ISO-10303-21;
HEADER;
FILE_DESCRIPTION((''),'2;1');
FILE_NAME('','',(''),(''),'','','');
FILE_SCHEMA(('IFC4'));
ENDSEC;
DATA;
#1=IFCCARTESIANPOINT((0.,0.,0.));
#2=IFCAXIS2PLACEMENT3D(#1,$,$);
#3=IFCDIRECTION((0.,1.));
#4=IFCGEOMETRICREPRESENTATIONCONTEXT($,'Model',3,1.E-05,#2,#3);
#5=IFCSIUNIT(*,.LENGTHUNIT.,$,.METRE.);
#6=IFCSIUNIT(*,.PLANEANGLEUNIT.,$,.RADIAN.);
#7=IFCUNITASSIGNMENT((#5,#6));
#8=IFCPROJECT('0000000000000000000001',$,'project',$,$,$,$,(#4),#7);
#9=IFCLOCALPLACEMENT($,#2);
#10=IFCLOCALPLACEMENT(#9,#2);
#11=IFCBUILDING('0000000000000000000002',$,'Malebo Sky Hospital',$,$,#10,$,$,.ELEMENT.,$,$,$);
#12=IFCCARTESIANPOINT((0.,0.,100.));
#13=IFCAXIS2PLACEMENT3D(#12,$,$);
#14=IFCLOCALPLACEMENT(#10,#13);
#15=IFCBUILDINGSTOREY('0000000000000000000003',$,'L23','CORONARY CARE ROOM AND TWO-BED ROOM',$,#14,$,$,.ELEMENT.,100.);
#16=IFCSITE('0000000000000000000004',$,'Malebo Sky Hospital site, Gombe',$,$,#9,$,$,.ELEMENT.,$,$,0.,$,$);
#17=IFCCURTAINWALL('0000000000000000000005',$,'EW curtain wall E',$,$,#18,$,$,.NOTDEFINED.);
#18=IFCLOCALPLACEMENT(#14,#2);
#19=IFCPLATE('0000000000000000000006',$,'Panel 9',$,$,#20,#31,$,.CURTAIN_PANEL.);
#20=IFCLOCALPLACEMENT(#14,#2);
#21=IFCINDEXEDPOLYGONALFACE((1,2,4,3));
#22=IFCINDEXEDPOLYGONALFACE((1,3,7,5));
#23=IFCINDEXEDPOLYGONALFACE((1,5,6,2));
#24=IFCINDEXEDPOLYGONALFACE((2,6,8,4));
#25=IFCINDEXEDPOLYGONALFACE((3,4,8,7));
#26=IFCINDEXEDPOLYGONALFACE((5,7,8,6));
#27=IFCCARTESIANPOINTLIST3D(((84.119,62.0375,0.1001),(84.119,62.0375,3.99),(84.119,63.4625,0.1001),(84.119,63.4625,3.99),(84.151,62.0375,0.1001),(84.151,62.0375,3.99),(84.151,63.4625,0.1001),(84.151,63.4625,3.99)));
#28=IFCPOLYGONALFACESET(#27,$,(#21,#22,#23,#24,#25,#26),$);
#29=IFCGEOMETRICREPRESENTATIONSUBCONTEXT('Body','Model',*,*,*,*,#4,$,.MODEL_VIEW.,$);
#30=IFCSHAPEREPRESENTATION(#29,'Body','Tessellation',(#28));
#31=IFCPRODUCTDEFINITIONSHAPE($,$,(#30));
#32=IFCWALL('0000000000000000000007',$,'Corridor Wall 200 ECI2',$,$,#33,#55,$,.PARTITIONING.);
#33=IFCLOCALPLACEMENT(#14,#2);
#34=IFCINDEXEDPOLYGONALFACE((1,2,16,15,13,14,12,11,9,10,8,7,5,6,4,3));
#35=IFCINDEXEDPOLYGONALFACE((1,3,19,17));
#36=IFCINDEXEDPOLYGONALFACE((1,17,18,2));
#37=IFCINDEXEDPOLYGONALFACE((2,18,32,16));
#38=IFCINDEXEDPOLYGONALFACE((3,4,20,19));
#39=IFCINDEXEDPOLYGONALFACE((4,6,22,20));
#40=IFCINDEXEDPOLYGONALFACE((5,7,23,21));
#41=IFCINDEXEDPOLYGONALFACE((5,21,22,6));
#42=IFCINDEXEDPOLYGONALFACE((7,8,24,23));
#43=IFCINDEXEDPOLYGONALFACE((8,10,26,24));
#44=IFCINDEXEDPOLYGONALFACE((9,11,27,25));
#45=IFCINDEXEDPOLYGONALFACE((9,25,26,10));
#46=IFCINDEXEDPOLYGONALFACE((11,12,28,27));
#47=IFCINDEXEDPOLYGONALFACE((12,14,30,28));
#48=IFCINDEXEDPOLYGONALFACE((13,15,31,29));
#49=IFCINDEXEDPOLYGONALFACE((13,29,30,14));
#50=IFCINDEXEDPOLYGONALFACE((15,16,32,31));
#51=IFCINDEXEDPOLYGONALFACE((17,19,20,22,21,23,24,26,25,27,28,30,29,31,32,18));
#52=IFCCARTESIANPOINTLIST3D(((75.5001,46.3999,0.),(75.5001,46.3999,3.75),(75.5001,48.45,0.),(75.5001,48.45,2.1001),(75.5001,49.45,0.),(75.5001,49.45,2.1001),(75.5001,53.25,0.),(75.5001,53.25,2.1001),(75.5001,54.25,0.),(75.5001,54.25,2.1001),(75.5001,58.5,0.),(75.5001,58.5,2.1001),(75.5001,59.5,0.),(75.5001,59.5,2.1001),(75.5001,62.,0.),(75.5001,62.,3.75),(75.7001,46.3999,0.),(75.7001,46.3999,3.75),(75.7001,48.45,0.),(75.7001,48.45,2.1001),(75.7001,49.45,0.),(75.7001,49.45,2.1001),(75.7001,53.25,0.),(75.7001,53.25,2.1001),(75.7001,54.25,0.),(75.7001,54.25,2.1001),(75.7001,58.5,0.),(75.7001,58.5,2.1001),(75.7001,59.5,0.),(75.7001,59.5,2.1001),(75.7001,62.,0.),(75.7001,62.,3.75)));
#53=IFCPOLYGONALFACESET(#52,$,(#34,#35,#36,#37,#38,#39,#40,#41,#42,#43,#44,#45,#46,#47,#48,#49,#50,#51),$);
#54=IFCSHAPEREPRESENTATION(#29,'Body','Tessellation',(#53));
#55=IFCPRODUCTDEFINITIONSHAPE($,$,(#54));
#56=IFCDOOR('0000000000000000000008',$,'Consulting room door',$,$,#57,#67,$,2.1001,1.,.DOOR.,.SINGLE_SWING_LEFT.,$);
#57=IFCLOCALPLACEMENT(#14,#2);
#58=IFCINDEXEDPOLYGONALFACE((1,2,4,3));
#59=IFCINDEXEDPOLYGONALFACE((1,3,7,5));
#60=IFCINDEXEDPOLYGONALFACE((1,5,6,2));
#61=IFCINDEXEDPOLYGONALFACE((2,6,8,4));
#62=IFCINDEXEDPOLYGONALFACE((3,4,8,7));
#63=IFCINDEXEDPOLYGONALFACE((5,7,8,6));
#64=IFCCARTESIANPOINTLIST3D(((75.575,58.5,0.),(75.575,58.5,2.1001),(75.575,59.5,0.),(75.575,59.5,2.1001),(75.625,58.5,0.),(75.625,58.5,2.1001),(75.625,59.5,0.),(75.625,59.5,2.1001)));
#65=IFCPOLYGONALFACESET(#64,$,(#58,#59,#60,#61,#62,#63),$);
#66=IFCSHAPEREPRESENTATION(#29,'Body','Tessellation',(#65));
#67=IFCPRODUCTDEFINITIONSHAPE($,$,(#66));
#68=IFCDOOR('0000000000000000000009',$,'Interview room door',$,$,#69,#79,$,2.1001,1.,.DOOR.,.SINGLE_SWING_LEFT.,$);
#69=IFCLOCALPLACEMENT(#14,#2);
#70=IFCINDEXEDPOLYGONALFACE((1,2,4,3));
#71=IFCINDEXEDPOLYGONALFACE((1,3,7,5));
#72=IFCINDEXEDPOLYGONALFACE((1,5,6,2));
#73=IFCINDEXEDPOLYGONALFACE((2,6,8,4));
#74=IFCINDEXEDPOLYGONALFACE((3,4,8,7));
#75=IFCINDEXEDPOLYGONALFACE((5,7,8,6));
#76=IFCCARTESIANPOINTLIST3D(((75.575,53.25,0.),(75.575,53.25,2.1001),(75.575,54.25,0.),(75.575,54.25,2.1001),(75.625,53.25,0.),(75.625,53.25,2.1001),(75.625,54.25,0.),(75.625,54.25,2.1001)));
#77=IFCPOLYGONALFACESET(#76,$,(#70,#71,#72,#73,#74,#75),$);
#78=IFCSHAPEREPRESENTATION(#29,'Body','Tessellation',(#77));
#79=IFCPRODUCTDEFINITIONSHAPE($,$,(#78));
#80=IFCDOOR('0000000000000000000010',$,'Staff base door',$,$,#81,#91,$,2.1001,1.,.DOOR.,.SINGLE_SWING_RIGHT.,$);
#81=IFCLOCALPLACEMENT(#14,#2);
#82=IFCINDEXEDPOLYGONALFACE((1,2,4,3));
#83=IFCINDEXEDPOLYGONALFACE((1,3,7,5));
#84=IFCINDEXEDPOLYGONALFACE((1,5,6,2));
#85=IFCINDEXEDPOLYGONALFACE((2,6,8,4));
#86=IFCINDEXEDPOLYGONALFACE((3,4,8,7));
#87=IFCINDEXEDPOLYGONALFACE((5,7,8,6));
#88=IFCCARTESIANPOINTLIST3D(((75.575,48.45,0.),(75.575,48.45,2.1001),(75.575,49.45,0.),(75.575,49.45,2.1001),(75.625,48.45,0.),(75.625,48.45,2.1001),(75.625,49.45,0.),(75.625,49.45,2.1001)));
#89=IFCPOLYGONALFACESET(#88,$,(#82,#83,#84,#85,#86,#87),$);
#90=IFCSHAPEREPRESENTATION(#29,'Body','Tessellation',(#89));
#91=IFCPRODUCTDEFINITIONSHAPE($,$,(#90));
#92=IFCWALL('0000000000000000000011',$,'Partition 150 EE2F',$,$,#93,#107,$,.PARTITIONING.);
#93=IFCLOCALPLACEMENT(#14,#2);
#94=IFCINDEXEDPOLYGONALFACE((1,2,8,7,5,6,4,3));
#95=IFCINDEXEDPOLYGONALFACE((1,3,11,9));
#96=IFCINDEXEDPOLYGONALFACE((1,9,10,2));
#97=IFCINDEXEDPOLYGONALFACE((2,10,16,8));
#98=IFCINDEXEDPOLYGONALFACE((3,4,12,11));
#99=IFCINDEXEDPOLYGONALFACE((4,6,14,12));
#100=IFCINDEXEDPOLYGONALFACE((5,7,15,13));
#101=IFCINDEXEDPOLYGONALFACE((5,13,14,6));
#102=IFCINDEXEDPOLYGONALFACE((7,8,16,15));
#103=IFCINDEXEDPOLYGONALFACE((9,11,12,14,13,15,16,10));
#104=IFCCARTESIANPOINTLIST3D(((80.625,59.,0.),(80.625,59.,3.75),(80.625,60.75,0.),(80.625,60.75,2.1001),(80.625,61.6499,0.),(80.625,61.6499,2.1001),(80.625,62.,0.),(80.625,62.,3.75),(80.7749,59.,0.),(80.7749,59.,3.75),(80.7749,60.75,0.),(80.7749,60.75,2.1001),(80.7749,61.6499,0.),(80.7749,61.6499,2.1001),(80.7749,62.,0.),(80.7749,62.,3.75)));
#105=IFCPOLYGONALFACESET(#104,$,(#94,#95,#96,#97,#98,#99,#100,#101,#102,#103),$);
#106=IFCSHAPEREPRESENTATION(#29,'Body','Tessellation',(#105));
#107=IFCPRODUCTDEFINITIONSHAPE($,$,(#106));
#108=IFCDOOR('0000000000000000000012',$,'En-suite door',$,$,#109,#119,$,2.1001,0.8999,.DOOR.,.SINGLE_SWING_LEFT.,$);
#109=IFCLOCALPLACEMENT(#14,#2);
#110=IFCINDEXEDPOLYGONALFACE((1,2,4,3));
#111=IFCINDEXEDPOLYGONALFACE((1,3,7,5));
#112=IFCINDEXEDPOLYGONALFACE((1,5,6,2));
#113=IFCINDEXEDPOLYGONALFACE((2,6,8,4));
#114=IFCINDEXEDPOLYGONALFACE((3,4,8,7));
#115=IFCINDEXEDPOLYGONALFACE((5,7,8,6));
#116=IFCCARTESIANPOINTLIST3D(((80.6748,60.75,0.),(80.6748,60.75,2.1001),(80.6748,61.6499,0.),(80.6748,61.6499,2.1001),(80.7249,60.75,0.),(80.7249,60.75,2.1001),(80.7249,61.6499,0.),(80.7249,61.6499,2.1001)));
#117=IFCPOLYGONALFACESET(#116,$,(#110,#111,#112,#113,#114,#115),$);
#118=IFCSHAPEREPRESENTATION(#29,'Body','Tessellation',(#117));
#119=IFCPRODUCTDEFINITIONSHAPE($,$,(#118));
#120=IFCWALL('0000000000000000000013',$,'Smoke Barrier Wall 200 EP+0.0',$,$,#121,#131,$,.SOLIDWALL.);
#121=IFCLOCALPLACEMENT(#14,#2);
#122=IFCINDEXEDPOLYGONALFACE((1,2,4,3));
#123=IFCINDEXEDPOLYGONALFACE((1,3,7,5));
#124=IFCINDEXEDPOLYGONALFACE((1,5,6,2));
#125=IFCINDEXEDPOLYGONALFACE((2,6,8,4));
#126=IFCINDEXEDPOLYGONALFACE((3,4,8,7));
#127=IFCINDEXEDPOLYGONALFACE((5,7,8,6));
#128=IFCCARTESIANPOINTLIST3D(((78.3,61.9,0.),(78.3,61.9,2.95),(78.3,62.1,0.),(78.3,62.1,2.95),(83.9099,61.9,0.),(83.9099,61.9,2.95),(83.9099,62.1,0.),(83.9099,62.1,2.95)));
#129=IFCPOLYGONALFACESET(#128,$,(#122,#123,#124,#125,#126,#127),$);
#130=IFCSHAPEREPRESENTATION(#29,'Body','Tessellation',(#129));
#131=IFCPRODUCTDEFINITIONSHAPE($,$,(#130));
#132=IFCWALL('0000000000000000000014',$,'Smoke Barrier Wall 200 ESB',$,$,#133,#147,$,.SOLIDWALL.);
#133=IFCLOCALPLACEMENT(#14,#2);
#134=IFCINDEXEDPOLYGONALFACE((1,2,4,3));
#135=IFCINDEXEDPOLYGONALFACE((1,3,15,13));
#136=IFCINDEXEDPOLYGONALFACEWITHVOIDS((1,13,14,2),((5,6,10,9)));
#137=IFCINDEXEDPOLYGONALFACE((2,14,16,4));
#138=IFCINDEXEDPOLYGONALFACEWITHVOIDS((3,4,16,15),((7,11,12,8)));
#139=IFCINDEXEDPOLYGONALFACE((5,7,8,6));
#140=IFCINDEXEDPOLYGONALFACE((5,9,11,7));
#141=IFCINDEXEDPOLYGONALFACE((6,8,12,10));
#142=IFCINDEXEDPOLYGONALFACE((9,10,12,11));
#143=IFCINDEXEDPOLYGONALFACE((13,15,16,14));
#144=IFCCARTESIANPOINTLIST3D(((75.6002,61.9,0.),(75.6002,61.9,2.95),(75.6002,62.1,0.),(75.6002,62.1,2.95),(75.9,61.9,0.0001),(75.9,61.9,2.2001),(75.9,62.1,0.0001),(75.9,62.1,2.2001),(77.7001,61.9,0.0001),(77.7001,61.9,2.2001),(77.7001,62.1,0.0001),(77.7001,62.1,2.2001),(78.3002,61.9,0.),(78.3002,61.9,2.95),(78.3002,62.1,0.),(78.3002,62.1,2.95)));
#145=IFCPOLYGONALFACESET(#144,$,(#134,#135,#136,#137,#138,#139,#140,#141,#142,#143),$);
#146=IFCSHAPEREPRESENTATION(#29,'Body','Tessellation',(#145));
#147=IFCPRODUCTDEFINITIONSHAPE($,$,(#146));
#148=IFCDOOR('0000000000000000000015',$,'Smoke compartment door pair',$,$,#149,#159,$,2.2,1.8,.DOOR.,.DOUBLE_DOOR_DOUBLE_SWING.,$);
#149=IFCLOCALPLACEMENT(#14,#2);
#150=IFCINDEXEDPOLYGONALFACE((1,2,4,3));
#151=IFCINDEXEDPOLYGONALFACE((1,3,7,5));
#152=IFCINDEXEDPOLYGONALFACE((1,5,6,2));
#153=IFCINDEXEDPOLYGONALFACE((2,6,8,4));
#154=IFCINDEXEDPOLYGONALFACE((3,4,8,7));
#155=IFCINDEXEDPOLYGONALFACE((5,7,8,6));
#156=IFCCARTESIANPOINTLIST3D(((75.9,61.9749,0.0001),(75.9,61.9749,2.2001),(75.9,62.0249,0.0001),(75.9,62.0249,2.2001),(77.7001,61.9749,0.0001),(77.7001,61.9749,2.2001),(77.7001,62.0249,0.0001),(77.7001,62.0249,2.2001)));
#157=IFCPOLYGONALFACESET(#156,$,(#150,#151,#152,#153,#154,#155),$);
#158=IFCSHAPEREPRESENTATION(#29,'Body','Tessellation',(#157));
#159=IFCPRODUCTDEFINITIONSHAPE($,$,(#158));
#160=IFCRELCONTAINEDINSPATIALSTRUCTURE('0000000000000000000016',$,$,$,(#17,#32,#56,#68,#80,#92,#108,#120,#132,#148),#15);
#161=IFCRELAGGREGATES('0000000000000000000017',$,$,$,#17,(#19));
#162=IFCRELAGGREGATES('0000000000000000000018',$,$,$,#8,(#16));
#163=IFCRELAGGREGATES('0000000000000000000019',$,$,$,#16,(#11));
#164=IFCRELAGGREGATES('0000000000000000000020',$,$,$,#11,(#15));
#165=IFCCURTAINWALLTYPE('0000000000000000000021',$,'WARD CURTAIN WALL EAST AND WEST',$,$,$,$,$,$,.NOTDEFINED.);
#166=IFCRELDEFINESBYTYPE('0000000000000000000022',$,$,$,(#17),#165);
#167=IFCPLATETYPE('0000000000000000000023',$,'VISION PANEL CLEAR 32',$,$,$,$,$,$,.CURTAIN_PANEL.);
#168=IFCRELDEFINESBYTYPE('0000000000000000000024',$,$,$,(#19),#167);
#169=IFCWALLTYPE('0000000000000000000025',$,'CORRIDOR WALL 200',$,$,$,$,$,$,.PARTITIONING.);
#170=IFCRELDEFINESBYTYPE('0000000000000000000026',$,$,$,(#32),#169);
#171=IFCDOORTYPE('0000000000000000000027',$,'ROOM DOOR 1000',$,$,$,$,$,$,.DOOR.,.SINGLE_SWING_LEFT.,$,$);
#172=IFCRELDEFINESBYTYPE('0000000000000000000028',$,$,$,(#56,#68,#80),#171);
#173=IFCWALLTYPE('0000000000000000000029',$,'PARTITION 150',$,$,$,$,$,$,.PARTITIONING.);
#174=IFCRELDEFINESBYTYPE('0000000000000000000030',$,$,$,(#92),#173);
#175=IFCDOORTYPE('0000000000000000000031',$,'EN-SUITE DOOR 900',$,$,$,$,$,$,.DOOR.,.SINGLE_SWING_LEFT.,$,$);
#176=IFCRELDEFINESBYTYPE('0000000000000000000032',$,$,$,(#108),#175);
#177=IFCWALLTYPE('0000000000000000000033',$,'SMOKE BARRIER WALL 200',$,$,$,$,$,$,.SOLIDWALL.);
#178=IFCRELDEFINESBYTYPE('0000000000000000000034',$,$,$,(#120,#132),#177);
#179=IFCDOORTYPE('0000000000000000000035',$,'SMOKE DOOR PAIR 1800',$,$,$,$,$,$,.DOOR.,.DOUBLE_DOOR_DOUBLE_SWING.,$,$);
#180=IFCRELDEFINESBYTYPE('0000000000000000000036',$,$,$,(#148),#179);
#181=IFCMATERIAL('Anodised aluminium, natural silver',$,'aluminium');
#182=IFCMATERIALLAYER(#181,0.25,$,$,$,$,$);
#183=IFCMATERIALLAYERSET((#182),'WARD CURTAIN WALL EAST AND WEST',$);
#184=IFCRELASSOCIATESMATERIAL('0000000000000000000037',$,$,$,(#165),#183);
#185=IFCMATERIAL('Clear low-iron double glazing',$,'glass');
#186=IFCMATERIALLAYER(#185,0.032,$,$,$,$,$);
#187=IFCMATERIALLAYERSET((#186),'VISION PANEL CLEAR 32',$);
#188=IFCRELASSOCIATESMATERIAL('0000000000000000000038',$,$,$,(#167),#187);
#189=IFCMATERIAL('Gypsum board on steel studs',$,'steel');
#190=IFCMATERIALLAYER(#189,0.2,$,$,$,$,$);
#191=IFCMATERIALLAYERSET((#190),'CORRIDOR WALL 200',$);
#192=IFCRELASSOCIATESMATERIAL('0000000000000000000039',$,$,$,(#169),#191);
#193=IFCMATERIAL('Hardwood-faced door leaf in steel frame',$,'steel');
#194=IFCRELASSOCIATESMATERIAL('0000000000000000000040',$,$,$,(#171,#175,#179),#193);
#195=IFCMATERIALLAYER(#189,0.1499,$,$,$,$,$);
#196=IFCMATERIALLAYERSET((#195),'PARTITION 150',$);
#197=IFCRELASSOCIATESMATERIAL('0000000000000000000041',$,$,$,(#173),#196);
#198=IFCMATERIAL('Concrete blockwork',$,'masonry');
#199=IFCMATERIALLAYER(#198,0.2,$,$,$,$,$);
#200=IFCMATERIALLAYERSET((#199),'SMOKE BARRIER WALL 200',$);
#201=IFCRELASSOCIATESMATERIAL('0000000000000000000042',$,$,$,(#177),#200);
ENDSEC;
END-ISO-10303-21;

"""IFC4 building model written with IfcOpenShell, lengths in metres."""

from ifc_helpers import new_model, si_unit, direction, frame, frame_2d, origin, origin_2d, place, context, subcontext, project, spatial, rectangle, extrude, material, layer, layer_set, type_object, element, fill, aggregate, save


model = new_model("IFC4")

# Units and contexts
model_context = context("Model", 3, precision=1e-05, world=origin(), true_north=direction((0.0, 1.0)))
body_context = subcontext(model_context, "Body", "Model", "MODEL_VIEW")
ifc_project = project(units=[si_unit("LENGTHUNIT", "METRE"), si_unit("PLANEANGLEUNIT", "RADIAN")], contexts=[model_context])

# Site, building, storey
site_placement = place(None, origin())
site = spatial("IfcSite", under=ifc_project, at=site_placement, Name="Malebo Sky Hospital site, Gombe", CompositionType="ELEMENT", RefElevation=0.0)
building_placement = place(site_placement, origin())
building = spatial("IfcBuilding", under=site, at=building_placement, Name="Malebo Sky Hospital", CompositionType="ELEMENT")
storey_placement = place(building_placement, frame((0.0, 0.0, 100.0)))
storey = spatial("IfcBuildingStorey", under=building, at=storey_placement, Name="L23", Description="CORONARY CARE ROOM AND TWO-BED ROOM", CompositionType="ELEMENT", Elevation=100.0)

# Curtain wall
ifc_material_1 = material(Name="Anodised aluminium, natural silver", Category="aluminium")
ifc_layer_1 = layer(ifc_material_1, 0.25)
ifc_layer_set_1 = layer_set([ifc_layer_1], Name="WARD CURTAIN WALL EAST AND WEST")
curtain_wall_type = type_object("IfcCurtainWallType", Name="WARD CURTAIN WALL EAST AND WEST", PredefinedType="NOTDEFINED", material=ifc_layer_set_1)
curtain_wall_placement = place(storey_placement, origin())
curtain_wall = element("IfcCurtainWall", 1, at=curtain_wall_placement, inside=storey, type_object=curtain_wall_type, Name="EW curtain wall E", PredefinedType="NOTDEFINED")

# Plate
ifc_material_2 = material(Name="Clear low-iron double glazing", Category="glass")
ifc_layer_2 = layer(ifc_material_2, 0.032)
ifc_layer_set_2 = layer_set([ifc_layer_2], Name="VISION PANEL CLEAR 32")
plate_type = type_object("IfcPlateType", Name="VISION PANEL CLEAR 32", PredefinedType="CURTAIN_PANEL", material=ifc_layer_set_2)
plate_1_placement = place(storey_placement, frame((84.135, 62.75, 0.1001), z_axis=(0.0, 0.0, 1.0), x_axis=(0.0, -1.0, 0.0)))
plate_1 = element("IfcPlate", 2, at=plate_1_placement, type_object=plate_type, Name="Panel 9", PredefinedType="CURTAIN_PANEL", context=body_context, shape_type="SweptSolid", body=[
    extrude(rectangle(XDim=1.425, YDim=0.032, at=origin_2d()), origin(), (0.0, 0.0, 1.0), 3.8899),
])
aggregate(curtain_wall, [plate_1])

# Wall, openings, doors
ifc_material_3 = material(Name="Gypsum board on steel studs", Category="steel")
ifc_layer_3 = layer(ifc_material_3, 0.2)
ifc_layer_set_3 = layer_set([ifc_layer_3], Name="CORRIDOR WALL 200")
wall_type_1 = type_object("IfcWallType", Name="CORRIDOR WALL 200", PredefinedType="PARTITIONING", material=ifc_layer_set_3)
wall_1_placement = place(storey_placement, frame((75.6001, 62.0, 0.0), z_axis=(0.0, 0.0, 1.0), x_axis=(0.0, -1.0, 0.0)))
wall_1 = element("IfcWall", 3, at=wall_1_placement, inside=storey, type_object=wall_type_1, Name="Corridor Wall 200 ECI2", PredefinedType="PARTITIONING", context=body_context, shape_type="SweptSolid", body=[
    extrude(rectangle(XDim=15.6001, YDim=0.2, at=frame_2d((7.8, 0.0))), origin(), (0.0, 0.0, 1.0), 3.75),
])
opening_1_placement = place(wall_1_placement, frame((2.5, 0.0, 0.0)))
opening_1 = element("IfcOpeningElement", 4, at=opening_1_placement, cuts=wall_1, PredefinedType="OPENING", context=body_context, shape_type="SweptSolid", body=[
    extrude(rectangle(XDim=1.0, YDim=2.1001, at=frame_2d((0.5, 1.05))), frame((0.0, 0.1099, 0.0), z_axis=(0.0, -1.0, 0.0), x_axis=(1.0, 0.0, 0.0)), (0.0, 0.0, 1.0), 0.22),
])
opening_2_placement = place(wall_1_placement, frame((7.75, 0.0, 0.0)))
opening_2 = element("IfcOpeningElement", 5, at=opening_2_placement, cuts=wall_1, PredefinedType="OPENING", context=body_context, shape_type="SweptSolid", body=[
    extrude(rectangle(XDim=1.0, YDim=2.1001, at=frame_2d((0.5, 1.05))), frame((0.0, 0.1099, 0.0), z_axis=(0.0, -1.0, 0.0), x_axis=(1.0, 0.0, 0.0)), (0.0, 0.0, 1.0), 0.22),
])
opening_3_placement = place(wall_1_placement, frame((12.55, 0.0, 0.0)))
opening_3 = element("IfcOpeningElement", 6, at=opening_3_placement, cuts=wall_1, PredefinedType="OPENING", context=body_context, shape_type="SweptSolid", body=[
    extrude(rectangle(XDim=1.0, YDim=2.1001, at=frame_2d((0.5, 1.05))), frame((0.0, 0.1099, 0.0), z_axis=(0.0, -1.0, 0.0), x_axis=(1.0, 0.0, 0.0)), (0.0, 0.0, 1.0), 0.22),
])
ifc_material_4 = material(Name="Hardwood-faced door leaf in steel frame", Category="steel")
door_type_1 = type_object("IfcDoorType", Name="ROOM DOOR 1000", OperationType="SINGLE_SWING_LEFT", PredefinedType="DOOR", material=ifc_material_4)
door_1_placement = place(opening_1_placement, origin())
door_1 = element("IfcDoor", 7, at=door_1_placement, inside=storey, type_object=door_type_1, Name="Consulting room door", OperationType="SINGLE_SWING_LEFT", OverallHeight=2.1001, OverallWidth=1.0, PredefinedType="DOOR", context=body_context, shape_type="SweptSolid", body=[
    extrude(rectangle(XDim=1.0, YDim=2.1001, at=frame_2d((0.5, 1.05))), frame((0.0, 0.0249, 0.0), z_axis=(0.0, -1.0, 0.0), x_axis=(1.0, 0.0, 0.0)), (0.0, 0.0, 1.0), 0.05),
])
fill(opening_1, door_1)
door_2_placement = place(opening_2_placement, origin())
door_2 = element("IfcDoor", 8, at=door_2_placement, inside=storey, type_object=door_type_1, Name="Interview room door", OperationType="SINGLE_SWING_LEFT", OverallHeight=2.1001, OverallWidth=1.0, PredefinedType="DOOR", context=body_context, shape_type="SweptSolid", body=[
    extrude(rectangle(XDim=1.0, YDim=2.1001, at=frame_2d((0.5, 1.05))), frame((0.0, 0.0249, 0.0), z_axis=(0.0, -1.0, 0.0), x_axis=(1.0, 0.0, 0.0)), (0.0, 0.0, 1.0), 0.05),
])
fill(opening_2, door_2)
door_3_placement = place(opening_3_placement, origin())
door_3 = element("IfcDoor", 9, at=door_3_placement, inside=storey, type_object=door_type_1, Name="Staff base door", OperationType="SINGLE_SWING_RIGHT", OverallHeight=2.1001, OverallWidth=1.0, PredefinedType="DOOR", context=body_context, shape_type="SweptSolid", body=[
    extrude(rectangle(XDim=1.0, YDim=2.1001, at=frame_2d((0.5, 1.05))), frame((0.0, 0.0249, 0.0), z_axis=(0.0, -1.0, 0.0), x_axis=(1.0, 0.0, 0.0)), (0.0, 0.0, 1.0), 0.05),
])
fill(opening_3, door_3)

# Wall, opening, door
ifc_layer_4 = layer(ifc_material_3, 0.1499)
ifc_layer_set_4 = layer_set([ifc_layer_4], Name="PARTITION 150")
wall_type_2 = type_object("IfcWallType", Name="PARTITION 150", PredefinedType="PARTITIONING", material=ifc_layer_set_4)
wall_2_placement = place(storey_placement, frame((80.7, 62.0, 0.0), z_axis=(0.0, 0.0, 1.0), x_axis=(0.0, -1.0, 0.0)))
wall_2 = element("IfcWall", 10, at=wall_2_placement, inside=storey, type_object=wall_type_2, Name="Partition 150 EE2F", PredefinedType="PARTITIONING", context=body_context, shape_type="SweptSolid", body=[
    extrude(rectangle(XDim=3.0, YDim=0.1499, at=frame_2d((1.5, 0.0))), origin(), (0.0, 0.0, 1.0), 3.75),
])
opening_4_placement = place(wall_2_placement, frame((0.3501, 0.0, 0.0)))
opening_4 = element("IfcOpeningElement", 11, at=opening_4_placement, cuts=wall_2, PredefinedType="OPENING", context=body_context, shape_type="SweptSolid", body=[
    extrude(rectangle(XDim=0.8999, YDim=2.1001, at=frame_2d((0.45, 1.05))), frame((0.0, 0.085, 0.0), z_axis=(0.0, -1.0, 0.0), x_axis=(1.0, 0.0, 0.0)), (0.0, 0.0, 1.0), 0.1699),
])
door_type_2 = type_object("IfcDoorType", Name="EN-SUITE DOOR 900", OperationType="SINGLE_SWING_LEFT", PredefinedType="DOOR", material=ifc_material_4)
door_4_placement = place(opening_4_placement, origin())
door_4 = element("IfcDoor", 12, at=door_4_placement, inside=storey, type_object=door_type_2, Name="En-suite door", OperationType="SINGLE_SWING_LEFT", OverallHeight=2.1001, OverallWidth=0.8999, PredefinedType="DOOR", context=body_context, shape_type="SweptSolid", body=[
    extrude(rectangle(XDim=0.8999, YDim=2.1001, at=frame_2d((0.45, 1.05))), frame((0.0, 0.0249, 0.0), z_axis=(0.0, -1.0, 0.0), x_axis=(1.0, 0.0, 0.0)), (0.0, 0.0, 1.0), 0.05),
])
fill(opening_4, door_4)

# Wall
ifc_material_5 = material(Name="Concrete blockwork", Category="masonry")
ifc_layer_5 = layer(ifc_material_5, 0.2)
ifc_layer_set_5 = layer_set([ifc_layer_5], Name="SMOKE BARRIER WALL 200")
wall_type_3 = type_object("IfcWallType", Name="SMOKE BARRIER WALL 200", PredefinedType="SOLIDWALL", material=ifc_layer_set_5)
wall_3_placement = place(storey_placement, frame((78.3, 62.0, 0.0), z_axis=(0.0, 0.0, 1.0), x_axis=(1.0, 0.0, 0.0)))
element("IfcWall", 13, at=wall_3_placement, inside=storey, type_object=wall_type_3, Name="Smoke Barrier Wall 200 EP+0.0", PredefinedType="SOLIDWALL", context=body_context, shape_type="SweptSolid", body=[
    extrude(rectangle(XDim=5.6099, YDim=0.2, at=frame_2d((2.8049, 0.0))), origin(), (0.0, 0.0, 1.0), 2.95),
])

# Wall, opening, door
wall_4_placement = place(storey_placement, frame((75.6001, 62.0, 0.0), z_axis=(0.0, 0.0, 1.0), x_axis=(1.0, 0.0, 0.0)))
wall_4 = element("IfcWall", 14, at=wall_4_placement, inside=storey, type_object=wall_type_3, Name="Smoke Barrier Wall 200 ESB", PredefinedType="SOLIDWALL", context=body_context, shape_type="SweptSolid", body=[
    extrude(rectangle(XDim=2.7, YDim=0.2, at=frame_2d((1.3501, 0.0))), origin(), (0.0, 0.0, 1.0), 2.95),
])
opening_5_placement = place(wall_4_placement, frame((0.3, 0.0, 0.0)))
opening_5 = element("IfcOpeningElement", 15, at=opening_5_placement, cuts=wall_4, PredefinedType="OPENING", context=body_context, shape_type="SweptSolid", body=[
    extrude(rectangle(XDim=1.8, YDim=2.2, at=frame_2d((0.8999, 1.1001))), frame((0.0, 0.1099, 0.0), z_axis=(0.0, -1.0, 0.0), x_axis=(1.0, 0.0, 0.0)), (0.0, 0.0, 1.0), 0.22),
])
door_type_3 = type_object("IfcDoorType", Name="SMOKE DOOR PAIR 1800", OperationType="DOUBLE_DOOR_DOUBLE_SWING", PredefinedType="DOOR", material=ifc_material_4)
door_5_placement = place(opening_5_placement, origin())
door_5 = element("IfcDoor", 16, at=door_5_placement, inside=storey, type_object=door_type_3, Name="Smoke compartment door pair", OperationType="DOUBLE_DOOR_DOUBLE_SWING", OverallHeight=2.2, OverallWidth=1.8, PredefinedType="DOOR", context=body_context, shape_type="SweptSolid", body=[
    extrude(rectangle(XDim=1.8, YDim=2.2, at=frame_2d((0.8999, 1.1001))), frame((0.0, 0.0249, 0.0), z_axis=(0.0, -1.0, 0.0), x_axis=(1.0, 0.0, 0.0)), (0.0, 0.0, 1.0), 0.05),
])
fill(opening_5, door_5)

save(model, "model.ifc")
